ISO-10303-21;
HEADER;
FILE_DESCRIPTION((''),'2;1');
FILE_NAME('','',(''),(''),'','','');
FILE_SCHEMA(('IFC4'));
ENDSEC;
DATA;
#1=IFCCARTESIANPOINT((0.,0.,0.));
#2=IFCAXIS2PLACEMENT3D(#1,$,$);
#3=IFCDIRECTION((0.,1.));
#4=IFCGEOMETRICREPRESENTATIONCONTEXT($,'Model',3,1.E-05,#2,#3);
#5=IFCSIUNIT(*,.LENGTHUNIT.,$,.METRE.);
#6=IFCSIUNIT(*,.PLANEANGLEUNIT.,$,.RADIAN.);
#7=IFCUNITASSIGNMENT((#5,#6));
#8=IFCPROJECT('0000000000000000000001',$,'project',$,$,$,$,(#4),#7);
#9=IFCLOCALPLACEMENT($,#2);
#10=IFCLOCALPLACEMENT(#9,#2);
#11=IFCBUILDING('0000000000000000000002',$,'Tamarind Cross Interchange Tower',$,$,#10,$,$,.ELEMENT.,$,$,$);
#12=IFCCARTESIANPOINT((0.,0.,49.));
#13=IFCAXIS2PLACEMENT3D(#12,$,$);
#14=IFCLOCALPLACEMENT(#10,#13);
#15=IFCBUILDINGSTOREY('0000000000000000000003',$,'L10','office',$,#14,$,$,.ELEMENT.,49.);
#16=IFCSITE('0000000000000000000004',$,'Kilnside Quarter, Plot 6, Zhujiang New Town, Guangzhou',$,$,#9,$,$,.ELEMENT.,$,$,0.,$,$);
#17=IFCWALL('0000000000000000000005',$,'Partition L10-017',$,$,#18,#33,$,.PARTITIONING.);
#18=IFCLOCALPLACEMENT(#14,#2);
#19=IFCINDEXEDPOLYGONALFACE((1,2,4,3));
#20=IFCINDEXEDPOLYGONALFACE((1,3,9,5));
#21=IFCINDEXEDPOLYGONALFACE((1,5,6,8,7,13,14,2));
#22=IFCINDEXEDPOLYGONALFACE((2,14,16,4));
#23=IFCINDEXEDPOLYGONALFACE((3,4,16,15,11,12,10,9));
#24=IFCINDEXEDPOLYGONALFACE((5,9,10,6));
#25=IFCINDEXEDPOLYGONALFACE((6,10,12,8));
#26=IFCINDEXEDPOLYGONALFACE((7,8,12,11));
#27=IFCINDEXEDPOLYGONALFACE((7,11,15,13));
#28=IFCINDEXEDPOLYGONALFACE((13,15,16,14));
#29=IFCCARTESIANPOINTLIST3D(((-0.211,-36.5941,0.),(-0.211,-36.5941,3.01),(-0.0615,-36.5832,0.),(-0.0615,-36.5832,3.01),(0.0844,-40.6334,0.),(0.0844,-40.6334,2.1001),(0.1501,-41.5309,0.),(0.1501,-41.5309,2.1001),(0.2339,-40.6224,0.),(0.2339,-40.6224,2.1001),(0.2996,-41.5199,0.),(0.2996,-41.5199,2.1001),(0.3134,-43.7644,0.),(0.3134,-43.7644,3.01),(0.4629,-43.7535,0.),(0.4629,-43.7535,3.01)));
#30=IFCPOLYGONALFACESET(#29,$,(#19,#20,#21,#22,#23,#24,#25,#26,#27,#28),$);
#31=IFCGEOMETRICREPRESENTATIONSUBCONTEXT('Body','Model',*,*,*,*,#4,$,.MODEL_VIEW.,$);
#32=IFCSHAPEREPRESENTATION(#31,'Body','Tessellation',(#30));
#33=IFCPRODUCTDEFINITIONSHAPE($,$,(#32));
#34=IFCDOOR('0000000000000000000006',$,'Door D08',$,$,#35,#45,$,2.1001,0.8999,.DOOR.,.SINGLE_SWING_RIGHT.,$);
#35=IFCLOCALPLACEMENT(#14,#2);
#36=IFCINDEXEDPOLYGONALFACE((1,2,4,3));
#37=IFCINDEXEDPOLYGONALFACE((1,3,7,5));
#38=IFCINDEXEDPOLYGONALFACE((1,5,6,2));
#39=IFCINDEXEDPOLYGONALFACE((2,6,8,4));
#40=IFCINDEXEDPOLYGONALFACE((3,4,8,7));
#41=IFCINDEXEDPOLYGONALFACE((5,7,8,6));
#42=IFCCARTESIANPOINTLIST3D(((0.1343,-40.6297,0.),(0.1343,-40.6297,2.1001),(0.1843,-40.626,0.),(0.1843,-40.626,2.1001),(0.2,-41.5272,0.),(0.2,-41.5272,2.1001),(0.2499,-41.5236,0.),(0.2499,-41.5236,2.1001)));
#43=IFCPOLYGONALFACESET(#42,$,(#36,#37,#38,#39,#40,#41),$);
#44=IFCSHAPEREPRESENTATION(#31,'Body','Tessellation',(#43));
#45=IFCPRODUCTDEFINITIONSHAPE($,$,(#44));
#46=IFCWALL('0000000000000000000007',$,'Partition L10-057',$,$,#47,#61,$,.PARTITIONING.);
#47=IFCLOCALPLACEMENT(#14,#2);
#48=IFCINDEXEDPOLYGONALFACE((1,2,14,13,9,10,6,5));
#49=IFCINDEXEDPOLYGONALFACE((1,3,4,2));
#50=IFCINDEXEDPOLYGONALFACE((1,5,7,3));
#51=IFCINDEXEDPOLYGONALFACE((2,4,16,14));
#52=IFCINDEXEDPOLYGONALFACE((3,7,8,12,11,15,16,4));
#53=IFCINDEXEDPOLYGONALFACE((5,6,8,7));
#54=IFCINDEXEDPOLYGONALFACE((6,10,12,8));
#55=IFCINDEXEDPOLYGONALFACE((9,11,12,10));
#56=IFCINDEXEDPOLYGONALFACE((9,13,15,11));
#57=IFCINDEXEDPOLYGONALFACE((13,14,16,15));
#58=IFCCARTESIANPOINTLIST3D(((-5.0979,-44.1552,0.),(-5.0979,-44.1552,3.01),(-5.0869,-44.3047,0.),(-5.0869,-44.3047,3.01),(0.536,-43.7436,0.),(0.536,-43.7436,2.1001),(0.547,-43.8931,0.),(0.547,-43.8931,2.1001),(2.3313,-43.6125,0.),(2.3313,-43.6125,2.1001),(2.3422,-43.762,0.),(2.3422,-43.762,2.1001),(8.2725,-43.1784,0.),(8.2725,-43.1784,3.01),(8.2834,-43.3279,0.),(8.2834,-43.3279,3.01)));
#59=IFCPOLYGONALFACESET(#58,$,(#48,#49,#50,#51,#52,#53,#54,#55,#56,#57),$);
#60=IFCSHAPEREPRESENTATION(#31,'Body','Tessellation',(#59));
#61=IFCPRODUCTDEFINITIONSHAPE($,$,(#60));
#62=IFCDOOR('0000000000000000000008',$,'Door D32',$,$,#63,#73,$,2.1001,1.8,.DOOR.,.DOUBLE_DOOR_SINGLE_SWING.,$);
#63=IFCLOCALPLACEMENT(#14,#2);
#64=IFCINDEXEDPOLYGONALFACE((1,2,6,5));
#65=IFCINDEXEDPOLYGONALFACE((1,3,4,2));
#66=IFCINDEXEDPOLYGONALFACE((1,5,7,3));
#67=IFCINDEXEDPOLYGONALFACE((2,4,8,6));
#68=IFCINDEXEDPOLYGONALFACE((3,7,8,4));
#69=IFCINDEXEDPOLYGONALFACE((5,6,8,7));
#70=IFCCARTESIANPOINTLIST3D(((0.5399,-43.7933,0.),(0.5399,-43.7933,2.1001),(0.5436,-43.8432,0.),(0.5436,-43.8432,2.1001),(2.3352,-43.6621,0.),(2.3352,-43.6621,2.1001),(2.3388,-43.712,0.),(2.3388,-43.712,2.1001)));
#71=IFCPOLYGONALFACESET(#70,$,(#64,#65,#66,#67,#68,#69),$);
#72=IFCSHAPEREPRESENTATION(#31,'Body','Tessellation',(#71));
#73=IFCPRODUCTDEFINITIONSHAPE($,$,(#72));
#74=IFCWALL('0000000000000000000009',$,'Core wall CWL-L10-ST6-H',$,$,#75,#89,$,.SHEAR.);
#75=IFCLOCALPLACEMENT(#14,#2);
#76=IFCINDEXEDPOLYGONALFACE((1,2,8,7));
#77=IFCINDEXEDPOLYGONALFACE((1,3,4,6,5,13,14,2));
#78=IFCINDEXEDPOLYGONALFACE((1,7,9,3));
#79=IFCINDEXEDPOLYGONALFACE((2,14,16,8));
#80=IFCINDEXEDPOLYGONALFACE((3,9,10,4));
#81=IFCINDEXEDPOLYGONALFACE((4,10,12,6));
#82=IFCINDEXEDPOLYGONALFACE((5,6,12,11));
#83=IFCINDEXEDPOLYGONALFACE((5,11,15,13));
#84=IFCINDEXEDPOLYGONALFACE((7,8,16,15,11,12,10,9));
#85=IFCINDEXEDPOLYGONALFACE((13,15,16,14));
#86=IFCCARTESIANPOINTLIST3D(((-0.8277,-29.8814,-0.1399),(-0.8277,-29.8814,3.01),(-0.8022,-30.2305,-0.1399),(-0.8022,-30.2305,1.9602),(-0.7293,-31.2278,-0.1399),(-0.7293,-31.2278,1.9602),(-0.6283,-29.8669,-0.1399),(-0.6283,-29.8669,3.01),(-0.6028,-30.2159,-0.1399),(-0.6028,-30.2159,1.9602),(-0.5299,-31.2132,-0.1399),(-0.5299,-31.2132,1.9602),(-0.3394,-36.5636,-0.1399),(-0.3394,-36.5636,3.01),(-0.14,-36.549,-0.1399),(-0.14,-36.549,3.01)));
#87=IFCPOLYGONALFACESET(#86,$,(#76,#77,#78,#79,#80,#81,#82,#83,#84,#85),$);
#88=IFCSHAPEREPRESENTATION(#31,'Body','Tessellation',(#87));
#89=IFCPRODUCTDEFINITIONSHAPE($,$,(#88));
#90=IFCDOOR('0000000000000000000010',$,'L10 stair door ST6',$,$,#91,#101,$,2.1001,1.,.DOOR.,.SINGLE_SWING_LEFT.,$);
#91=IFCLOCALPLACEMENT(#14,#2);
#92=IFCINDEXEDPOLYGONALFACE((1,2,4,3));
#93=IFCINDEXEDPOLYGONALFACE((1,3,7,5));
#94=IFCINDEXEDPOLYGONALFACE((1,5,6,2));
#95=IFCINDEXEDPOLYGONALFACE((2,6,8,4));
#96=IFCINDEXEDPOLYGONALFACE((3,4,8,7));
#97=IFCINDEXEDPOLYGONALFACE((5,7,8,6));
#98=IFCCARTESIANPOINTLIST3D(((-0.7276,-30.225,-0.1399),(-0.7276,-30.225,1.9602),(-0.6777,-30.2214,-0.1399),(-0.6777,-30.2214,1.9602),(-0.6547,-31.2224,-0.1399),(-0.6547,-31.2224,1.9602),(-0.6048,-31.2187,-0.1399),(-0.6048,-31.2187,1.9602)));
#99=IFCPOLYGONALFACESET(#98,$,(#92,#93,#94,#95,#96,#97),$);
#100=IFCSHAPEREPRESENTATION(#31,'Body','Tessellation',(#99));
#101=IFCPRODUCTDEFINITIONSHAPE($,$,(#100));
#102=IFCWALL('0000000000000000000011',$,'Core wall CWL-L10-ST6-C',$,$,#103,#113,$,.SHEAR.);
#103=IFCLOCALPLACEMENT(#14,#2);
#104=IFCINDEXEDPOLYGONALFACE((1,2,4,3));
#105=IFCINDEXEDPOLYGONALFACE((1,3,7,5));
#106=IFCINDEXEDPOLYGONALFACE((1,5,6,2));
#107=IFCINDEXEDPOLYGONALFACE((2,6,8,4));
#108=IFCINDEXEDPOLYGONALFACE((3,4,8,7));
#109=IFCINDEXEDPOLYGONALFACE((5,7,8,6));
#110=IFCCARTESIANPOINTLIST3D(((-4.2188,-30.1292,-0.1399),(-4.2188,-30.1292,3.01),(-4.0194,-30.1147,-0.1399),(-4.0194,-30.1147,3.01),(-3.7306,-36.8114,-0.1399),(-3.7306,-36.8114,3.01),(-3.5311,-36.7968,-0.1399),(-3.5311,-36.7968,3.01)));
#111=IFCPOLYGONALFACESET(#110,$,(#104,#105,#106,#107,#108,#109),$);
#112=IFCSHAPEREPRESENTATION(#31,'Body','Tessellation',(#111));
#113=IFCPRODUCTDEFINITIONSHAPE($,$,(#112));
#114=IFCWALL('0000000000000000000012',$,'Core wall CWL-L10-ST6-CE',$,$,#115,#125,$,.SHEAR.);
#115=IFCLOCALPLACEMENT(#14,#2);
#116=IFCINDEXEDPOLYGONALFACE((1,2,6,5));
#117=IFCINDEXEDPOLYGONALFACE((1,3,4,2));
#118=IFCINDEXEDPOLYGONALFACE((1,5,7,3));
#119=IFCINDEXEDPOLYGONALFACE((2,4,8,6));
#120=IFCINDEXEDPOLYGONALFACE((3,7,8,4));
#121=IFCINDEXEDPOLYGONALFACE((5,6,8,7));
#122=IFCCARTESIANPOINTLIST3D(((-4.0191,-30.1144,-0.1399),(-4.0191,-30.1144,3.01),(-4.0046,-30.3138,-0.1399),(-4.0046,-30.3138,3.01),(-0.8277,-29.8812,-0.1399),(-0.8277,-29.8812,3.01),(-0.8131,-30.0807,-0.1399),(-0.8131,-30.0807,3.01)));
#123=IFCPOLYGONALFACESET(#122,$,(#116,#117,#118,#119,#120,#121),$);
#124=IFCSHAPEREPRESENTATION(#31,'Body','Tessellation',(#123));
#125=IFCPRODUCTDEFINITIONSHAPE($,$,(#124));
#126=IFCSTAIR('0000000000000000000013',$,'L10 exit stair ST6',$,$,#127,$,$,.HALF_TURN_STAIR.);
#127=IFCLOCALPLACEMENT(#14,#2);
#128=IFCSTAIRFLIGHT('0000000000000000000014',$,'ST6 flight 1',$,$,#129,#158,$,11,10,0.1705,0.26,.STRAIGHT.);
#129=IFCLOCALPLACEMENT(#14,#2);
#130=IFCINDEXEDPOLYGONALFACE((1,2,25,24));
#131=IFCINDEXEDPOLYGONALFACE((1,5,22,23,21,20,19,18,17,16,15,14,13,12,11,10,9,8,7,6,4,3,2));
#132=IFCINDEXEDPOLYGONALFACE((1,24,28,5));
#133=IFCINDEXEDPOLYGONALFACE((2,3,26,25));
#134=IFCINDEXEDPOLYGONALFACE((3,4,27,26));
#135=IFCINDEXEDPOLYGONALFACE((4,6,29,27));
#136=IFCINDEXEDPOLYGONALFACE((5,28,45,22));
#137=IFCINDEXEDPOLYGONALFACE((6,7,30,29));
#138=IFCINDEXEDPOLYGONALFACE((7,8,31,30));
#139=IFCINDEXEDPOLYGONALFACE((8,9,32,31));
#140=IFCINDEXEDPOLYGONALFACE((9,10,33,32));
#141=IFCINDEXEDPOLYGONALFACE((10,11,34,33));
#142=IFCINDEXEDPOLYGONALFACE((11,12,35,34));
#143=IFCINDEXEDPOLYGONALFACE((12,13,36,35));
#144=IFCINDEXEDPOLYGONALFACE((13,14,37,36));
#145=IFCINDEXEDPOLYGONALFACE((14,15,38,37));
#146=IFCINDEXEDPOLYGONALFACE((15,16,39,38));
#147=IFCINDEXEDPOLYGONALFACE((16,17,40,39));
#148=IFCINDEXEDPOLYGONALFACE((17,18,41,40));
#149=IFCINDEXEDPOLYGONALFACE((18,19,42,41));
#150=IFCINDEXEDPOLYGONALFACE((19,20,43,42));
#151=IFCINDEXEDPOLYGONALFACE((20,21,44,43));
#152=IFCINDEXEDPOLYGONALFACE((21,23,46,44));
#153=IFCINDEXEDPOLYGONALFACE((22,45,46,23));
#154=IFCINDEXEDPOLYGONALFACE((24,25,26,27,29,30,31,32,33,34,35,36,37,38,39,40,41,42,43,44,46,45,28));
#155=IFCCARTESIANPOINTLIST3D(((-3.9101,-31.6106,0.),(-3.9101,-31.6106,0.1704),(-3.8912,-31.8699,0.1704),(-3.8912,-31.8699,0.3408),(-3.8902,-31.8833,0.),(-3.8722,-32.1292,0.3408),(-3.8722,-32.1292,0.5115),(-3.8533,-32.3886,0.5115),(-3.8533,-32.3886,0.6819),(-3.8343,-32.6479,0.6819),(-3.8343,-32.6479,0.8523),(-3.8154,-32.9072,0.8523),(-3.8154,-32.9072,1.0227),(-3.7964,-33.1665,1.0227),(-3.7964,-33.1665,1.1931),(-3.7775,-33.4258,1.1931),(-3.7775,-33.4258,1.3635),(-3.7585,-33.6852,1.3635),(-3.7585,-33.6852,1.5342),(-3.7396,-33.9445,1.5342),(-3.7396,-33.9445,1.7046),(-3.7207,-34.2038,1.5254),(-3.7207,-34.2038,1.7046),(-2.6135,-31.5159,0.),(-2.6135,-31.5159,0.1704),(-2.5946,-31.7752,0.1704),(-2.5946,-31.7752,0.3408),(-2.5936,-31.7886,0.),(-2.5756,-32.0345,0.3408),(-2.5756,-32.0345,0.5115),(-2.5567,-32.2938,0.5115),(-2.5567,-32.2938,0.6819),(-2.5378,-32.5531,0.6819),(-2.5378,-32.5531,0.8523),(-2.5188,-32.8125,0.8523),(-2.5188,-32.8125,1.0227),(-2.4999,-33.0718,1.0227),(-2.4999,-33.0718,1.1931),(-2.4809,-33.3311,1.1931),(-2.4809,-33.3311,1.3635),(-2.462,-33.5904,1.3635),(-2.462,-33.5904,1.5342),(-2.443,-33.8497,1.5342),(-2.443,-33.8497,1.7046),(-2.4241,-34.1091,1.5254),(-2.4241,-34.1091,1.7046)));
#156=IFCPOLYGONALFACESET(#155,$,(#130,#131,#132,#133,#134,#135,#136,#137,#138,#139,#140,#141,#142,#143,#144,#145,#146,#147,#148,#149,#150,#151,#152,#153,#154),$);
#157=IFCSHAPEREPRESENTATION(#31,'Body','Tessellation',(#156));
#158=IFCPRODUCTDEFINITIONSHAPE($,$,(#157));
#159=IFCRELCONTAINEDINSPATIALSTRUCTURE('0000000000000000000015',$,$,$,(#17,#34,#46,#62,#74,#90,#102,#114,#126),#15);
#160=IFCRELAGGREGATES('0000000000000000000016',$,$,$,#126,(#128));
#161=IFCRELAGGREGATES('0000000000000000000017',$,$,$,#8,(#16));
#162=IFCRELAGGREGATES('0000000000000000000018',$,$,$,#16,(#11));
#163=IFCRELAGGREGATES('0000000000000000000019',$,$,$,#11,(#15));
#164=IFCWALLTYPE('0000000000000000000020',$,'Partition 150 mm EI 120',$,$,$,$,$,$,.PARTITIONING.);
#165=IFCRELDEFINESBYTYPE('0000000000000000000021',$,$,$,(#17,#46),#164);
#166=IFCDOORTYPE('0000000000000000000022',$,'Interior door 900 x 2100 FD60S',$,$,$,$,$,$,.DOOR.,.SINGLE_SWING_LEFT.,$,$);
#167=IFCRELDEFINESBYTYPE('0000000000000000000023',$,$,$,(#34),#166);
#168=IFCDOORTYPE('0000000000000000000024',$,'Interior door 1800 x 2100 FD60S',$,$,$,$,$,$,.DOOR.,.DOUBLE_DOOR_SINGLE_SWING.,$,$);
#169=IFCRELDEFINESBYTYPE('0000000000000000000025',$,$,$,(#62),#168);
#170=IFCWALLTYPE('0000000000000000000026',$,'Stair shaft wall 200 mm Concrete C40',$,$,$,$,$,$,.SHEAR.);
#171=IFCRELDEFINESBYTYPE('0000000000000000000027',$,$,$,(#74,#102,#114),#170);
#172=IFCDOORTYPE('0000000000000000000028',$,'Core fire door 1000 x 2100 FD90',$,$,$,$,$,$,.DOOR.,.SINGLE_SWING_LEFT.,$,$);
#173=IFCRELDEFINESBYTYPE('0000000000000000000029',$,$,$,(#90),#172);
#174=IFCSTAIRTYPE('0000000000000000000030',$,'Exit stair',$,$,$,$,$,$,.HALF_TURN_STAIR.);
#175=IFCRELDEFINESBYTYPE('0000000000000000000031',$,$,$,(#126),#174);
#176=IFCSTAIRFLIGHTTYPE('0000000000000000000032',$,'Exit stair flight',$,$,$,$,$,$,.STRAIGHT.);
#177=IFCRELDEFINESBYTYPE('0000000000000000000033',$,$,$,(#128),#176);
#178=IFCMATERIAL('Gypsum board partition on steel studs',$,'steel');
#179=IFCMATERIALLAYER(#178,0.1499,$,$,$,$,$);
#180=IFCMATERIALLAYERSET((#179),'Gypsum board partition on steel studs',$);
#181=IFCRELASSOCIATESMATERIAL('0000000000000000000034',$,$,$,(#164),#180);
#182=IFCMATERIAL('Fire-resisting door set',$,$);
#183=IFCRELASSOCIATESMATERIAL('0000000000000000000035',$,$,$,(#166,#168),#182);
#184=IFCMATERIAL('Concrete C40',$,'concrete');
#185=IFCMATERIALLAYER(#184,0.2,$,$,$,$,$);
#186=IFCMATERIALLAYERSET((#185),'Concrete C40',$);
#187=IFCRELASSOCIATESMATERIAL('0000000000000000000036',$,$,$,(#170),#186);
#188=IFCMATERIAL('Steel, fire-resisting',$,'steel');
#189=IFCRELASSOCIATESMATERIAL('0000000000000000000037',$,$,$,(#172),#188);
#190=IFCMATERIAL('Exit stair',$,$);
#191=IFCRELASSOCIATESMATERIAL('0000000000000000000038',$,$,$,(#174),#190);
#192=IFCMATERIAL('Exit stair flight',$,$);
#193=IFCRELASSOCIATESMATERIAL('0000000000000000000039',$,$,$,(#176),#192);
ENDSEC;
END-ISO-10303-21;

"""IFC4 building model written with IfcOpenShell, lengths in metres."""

from ifc_helpers import new_model, si_unit, direction, frame, frame_2d, origin, place, context, subcontext, project, spatial, polyline, rectangle, outline, extrude, material, layer, layer_set, type_object, element, fill, aggregate, save


model = new_model("IFC4")

# Units and contexts
model_context = context("Model", 3, precision=1e-05, world=origin(), true_north=direction((0.0, 1.0)))
body_context = subcontext(model_context, "Body", "Model", "MODEL_VIEW")
ifc_project = project(units=[si_unit("LENGTHUNIT", "METRE"), si_unit("PLANEANGLEUNIT", "RADIAN")], contexts=[model_context])

# Site, building, storey
site_placement = place(None, origin())
site = spatial("IfcSite", under=ifc_project, at=site_placement, Name="Kilnside Quarter, Plot 6, Zhujiang New Town, Guangzhou", CompositionType="ELEMENT", RefElevation=0.0)
building_placement = place(site_placement, origin())
building = spatial("IfcBuilding", under=site, at=building_placement, Name="Tamarind Cross Interchange Tower", CompositionType="ELEMENT")
storey_placement = place(building_placement, frame((0.0, 0.0, 49.0)))
storey = spatial("IfcBuildingStorey", under=building, at=storey_placement, Name="L10", Description="office", CompositionType="ELEMENT", Elevation=49.0)

# Walls, openings, doors
ifc_material_1 = material(Name="Gypsum board partition on steel studs", Category="steel")
ifc_layer_1 = layer(ifc_material_1, 0.1499)
ifc_layer_set_1 = layer_set([ifc_layer_1], Name="Gypsum board partition on steel studs")
wall_type_1 = type_object("IfcWallType", Name="Partition 150 mm EI 120", PredefinedType="PARTITIONING", material=ifc_layer_set_1)
wall_1_placement = place(storey_placement, frame((-0.1362, -36.5886, 0.0), z_axis=(0.0, 0.0, 1.0), x_axis=(0.072941, -0.997336, 0.0)))
wall_1 = element("IfcWall", 1, at=wall_1_placement, inside=storey, type_object=wall_type_1, Name="Partition L10-017", PredefinedType="PARTITIONING", context=body_context, shape_type="SweptSolid", body=[
    extrude(rectangle(XDim=7.1895, YDim=0.1499, at=frame_2d((3.5947, 0.0))), origin(), (0.0, 0.0, 1.0), 3.01),
])
opening_1_placement = place(wall_1_placement, frame((4.05, 0.0, 0.0)))
opening_1 = element("IfcOpeningElement", 2, at=opening_1_placement, cuts=wall_1, PredefinedType="OPENING", context=body_context, shape_type="SweptSolid", body=[
    extrude(rectangle(XDim=0.8999, YDim=2.1001, at=frame_2d((0.45, 1.05))), frame((0.0, 0.085, 0.0), z_axis=(0.0, -1.0, 0.0), x_axis=(1.0, 0.0, 0.0)), (0.0, 0.0, 1.0), 0.1699),
])
ifc_material_2 = material(Name="Fire-resisting door set")
door_type_1 = type_object("IfcDoorType", Name="Interior door 900 x 2100 FD60S", OperationType="SINGLE_SWING_LEFT", PredefinedType="DOOR", material=ifc_material_2)
door_1_placement = place(opening_1_placement, frame((0.8999, 0.0, 0.0), z_axis=(0.0, 0.0, 1.0), x_axis=(-1.0, 0.0, 0.0)))
door_1 = element("IfcDoor", 3, at=door_1_placement, inside=storey, type_object=door_type_1, Name="Door D08", OperationType="SINGLE_SWING_RIGHT", OverallHeight=2.1001, OverallWidth=0.8999, PredefinedType="DOOR", context=body_context, shape_type="SweptSolid", body=[
    extrude(rectangle(XDim=0.8999, YDim=2.1001, at=frame_2d((0.45, 1.05))), frame((0.0, 0.0249, 0.0), z_axis=(0.0, -1.0, 0.0), x_axis=(1.0, 0.0, 0.0)), (0.0, 0.0, 1.0), 0.05),
])
fill(opening_1, door_1)
wall_2_placement = place(storey_placement, frame((-5.0925, -44.23, 0.0), z_axis=(0.0, 0.0, 1.0), x_axis=(0.997342, 0.072863, 0.0)))
wall_2 = element("IfcWall", 4, at=wall_2_placement, inside=storey, type_object=wall_type_1, Name="Partition L10-057", PredefinedType="PARTITIONING", context=body_context, shape_type="SweptSolid", body=[
    extrude(rectangle(XDim=13.406, YDim=0.1499, at=frame_2d((6.7031, 0.0))), origin(), (0.0, 0.0, 1.0), 3.01),
])
opening_2_placement = place(wall_2_placement, frame((5.6492, 0.0, 0.0)))
opening_2 = element("IfcOpeningElement", 5, at=opening_2_placement, cuts=wall_2, PredefinedType="OPENING", context=body_context, shape_type="SweptSolid", body=[
    extrude(rectangle(XDim=1.8, YDim=2.1001, at=frame_2d((0.8999, 1.05))), frame((0.0, 0.085, 0.0), z_axis=(0.0, -1.0, 0.0), x_axis=(1.0, 0.0, 0.0)), (0.0, 0.0, 1.0), 0.1699),
])
door_type_2 = type_object("IfcDoorType", Name="Interior door 1800 x 2100 FD60S", OperationType="DOUBLE_DOOR_SINGLE_SWING", PredefinedType="DOOR", material=ifc_material_2)
door_2_placement = place(opening_2_placement, frame((1.8, 0.0, 0.0), z_axis=(0.0, 0.0, 1.0), x_axis=(-1.0, 0.0, 0.0)))
door_2 = element("IfcDoor", 6, at=door_2_placement, inside=storey, type_object=door_type_2, Name="Door D32", OperationType="DOUBLE_DOOR_SINGLE_SWING", OverallHeight=2.1001, OverallWidth=1.8, PredefinedType="DOOR", context=body_context, shape_type="SweptSolid", body=[
    extrude(rectangle(XDim=1.8, YDim=2.1001, at=frame_2d((0.8999, 1.05))), frame((0.0, 0.0249, 0.0), z_axis=(0.0, -1.0, 0.0), x_axis=(1.0, 0.0, 0.0)), (0.0, 0.0, 1.0), 0.05),
])
fill(opening_2, door_2)
ifc_material_3 = material(Name="Concrete C40", Category="concrete")
ifc_layer_2 = layer(ifc_material_3, 0.2)
ifc_layer_set_2 = layer_set([ifc_layer_2], Name="Concrete C40")
wall_type_2 = type_object("IfcWallType", Name="Stair shaft wall 200 mm Concrete C40", PredefinedType="SHEAR", material=ifc_layer_set_2)
wall_3_placement = place(storey_placement, frame((-0.728, -29.874, -0.1399), z_axis=(0.0, 0.0, 1.0), x_axis=(0.072878, -0.997341, 0.0)))
wall_3 = element("IfcWall", 7, at=wall_3_placement, inside=storey, type_object=wall_type_2, Name="Core wall CWL-L10-ST6-H", PredefinedType="SHEAR", context=body_context, shape_type="SweptSolid", body=[
    extrude(rectangle(XDim=6.7, YDim=0.2, at=frame_2d((3.3501, 0.0))), origin(), (0.0, 0.0, 1.0), 3.1499),
])
opening_3_placement = place(wall_3_placement, frame((0.3501, 0.0, 0.0)))
opening_3 = element("IfcOpeningElement", 8, at=opening_3_placement, cuts=wall_3, PredefinedType="OPENING", context=body_context, shape_type="SweptSolid", body=[
    extrude(rectangle(XDim=1.0, YDim=2.1001, at=frame_2d((0.5, 1.05))), frame((0.0, 0.1099, 0.0), z_axis=(0.0, -1.0, 0.0), x_axis=(1.0, 0.0, 0.0)), (0.0, 0.0, 1.0), 0.22),
])
ifc_material_4 = material(Name="Steel, fire-resisting", Category="steel")
door_type_3 = type_object("IfcDoorType", Name="Core fire door 1000 x 2100 FD90", OperationType="SINGLE_SWING_LEFT", PredefinedType="DOOR", material=ifc_material_4)
door_3_placement = place(opening_3_placement, origin())
door_3 = element("IfcDoor", 9, at=door_3_placement, inside=storey, type_object=door_type_3, Name="L10 stair door ST6", OperationType="SINGLE_SWING_LEFT", OverallHeight=2.1001, OverallWidth=1.0, PredefinedType="DOOR", context=body_context, shape_type="SweptSolid", body=[
    extrude(rectangle(XDim=1.0, YDim=2.1001, at=frame_2d((0.5, 1.05))), frame((0.0, 0.0249, 0.0), z_axis=(0.0, -1.0, 0.0), x_axis=(1.0, 0.0, 0.0)), (0.0, 0.0, 1.0), 0.05),
])
fill(opening_3, door_3)

# Walls
wall_4_placement = place(storey_placement, frame((-4.1191, -30.1218, -0.1399), z_axis=(0.0, 0.0, 1.0), x_axis=(0.072878, -0.997341, 0.0)))
element("IfcWall", 10, at=wall_4_placement, inside=storey, type_object=wall_type_2, Name="Core wall CWL-L10-ST6-C", PredefinedType="SHEAR", context=body_context, shape_type="SweptSolid", body=[
    extrude(rectangle(XDim=6.7, YDim=0.2, at=frame_2d((3.3501, 0.0))), origin(), (0.0, 0.0, 1.0), 3.1499),
])
wall_5_placement = place(storey_placement, frame((-4.012, -30.2141, -0.1399), z_axis=(0.0, 0.0, 1.0), x_axis=(0.997342, 0.072863, 0.0)))
element("IfcWall", 11, at=wall_5_placement, inside=storey, type_object=wall_type_2, Name="Core wall CWL-L10-ST6-CE", PredefinedType="SHEAR", context=body_context, shape_type="SweptSolid", body=[
    extrude(rectangle(XDim=3.2, YDim=0.2, at=frame_2d((1.6001, 0.0))), origin(), (0.0, 0.0, 1.0), 3.1499),
])

# Stair, stair flight
ifc_material_5 = material(Name="Exit stair")
stair_type = type_object("IfcStairType", Name="Exit stair", PredefinedType="HALF_TURN_STAIR", material=ifc_material_5)
stair_placement = place(storey_placement, origin())
stair = element("IfcStair", 12, at=stair_placement, inside=storey, type_object=stair_type, Name="L10 exit stair ST6", PredefinedType="HALF_TURN_STAIR")
ifc_material_6 = material(Name="Exit stair flight")
stair_flight_type = type_object("IfcStairFlightType", Name="Exit stair flight", PredefinedType="STRAIGHT", material=ifc_material_6)
stair_flight_1_placement = place(storey_placement, frame((-3.2617, -31.5632, 0.0), z_axis=(0.0, 0.0, 1.0), x_axis=(0.072876, -0.997341, 0.0)))
stair_flight_1 = element("IfcStairFlight", 13, at=stair_flight_1_placement, type_object=stair_flight_type, Name="ST6 flight 1", NumberOfRisers=11, NumberOfTreads=10, PredefinedType="STRAIGHT", RiserHeight=0.1705, TreadLength=0.26, context=body_context, shape_type="SweptSolid", body=[
    extrude(outline(polyline([(0.0, 0.0), (0.0, 0.1704), (0.26, 0.1704), (0.26, 0.3408), (0.52, 0.3408), (0.52, 0.5115), (0.78, 0.5115), (0.78, 0.6819), (1.04, 0.6819), (1.04, 0.8523), (1.3, 0.8523), (1.3, 1.0227), (1.5601, 1.0227), (1.5601, 1.1931), (1.8201, 1.1931), (1.8201, 1.3635), (2.0801, 1.3635), (2.0801, 1.5342), (2.3401, 1.5342), (2.3401, 1.7046), (2.6001, 1.7046), (2.6001, 1.875), (2.6001, 1.5254), (0.2734, 0.0), (0.0, 0.0)])), frame((0.0, 0.6499, 0.0), z_axis=(0.0, -1.0, 0.0), x_axis=(1.0, 0.0, 0.0)), (0.0, 0.0, 1.0), 1.3),
])
aggregate(stair, [stair_flight_1])

save(model, "model.ifc")
